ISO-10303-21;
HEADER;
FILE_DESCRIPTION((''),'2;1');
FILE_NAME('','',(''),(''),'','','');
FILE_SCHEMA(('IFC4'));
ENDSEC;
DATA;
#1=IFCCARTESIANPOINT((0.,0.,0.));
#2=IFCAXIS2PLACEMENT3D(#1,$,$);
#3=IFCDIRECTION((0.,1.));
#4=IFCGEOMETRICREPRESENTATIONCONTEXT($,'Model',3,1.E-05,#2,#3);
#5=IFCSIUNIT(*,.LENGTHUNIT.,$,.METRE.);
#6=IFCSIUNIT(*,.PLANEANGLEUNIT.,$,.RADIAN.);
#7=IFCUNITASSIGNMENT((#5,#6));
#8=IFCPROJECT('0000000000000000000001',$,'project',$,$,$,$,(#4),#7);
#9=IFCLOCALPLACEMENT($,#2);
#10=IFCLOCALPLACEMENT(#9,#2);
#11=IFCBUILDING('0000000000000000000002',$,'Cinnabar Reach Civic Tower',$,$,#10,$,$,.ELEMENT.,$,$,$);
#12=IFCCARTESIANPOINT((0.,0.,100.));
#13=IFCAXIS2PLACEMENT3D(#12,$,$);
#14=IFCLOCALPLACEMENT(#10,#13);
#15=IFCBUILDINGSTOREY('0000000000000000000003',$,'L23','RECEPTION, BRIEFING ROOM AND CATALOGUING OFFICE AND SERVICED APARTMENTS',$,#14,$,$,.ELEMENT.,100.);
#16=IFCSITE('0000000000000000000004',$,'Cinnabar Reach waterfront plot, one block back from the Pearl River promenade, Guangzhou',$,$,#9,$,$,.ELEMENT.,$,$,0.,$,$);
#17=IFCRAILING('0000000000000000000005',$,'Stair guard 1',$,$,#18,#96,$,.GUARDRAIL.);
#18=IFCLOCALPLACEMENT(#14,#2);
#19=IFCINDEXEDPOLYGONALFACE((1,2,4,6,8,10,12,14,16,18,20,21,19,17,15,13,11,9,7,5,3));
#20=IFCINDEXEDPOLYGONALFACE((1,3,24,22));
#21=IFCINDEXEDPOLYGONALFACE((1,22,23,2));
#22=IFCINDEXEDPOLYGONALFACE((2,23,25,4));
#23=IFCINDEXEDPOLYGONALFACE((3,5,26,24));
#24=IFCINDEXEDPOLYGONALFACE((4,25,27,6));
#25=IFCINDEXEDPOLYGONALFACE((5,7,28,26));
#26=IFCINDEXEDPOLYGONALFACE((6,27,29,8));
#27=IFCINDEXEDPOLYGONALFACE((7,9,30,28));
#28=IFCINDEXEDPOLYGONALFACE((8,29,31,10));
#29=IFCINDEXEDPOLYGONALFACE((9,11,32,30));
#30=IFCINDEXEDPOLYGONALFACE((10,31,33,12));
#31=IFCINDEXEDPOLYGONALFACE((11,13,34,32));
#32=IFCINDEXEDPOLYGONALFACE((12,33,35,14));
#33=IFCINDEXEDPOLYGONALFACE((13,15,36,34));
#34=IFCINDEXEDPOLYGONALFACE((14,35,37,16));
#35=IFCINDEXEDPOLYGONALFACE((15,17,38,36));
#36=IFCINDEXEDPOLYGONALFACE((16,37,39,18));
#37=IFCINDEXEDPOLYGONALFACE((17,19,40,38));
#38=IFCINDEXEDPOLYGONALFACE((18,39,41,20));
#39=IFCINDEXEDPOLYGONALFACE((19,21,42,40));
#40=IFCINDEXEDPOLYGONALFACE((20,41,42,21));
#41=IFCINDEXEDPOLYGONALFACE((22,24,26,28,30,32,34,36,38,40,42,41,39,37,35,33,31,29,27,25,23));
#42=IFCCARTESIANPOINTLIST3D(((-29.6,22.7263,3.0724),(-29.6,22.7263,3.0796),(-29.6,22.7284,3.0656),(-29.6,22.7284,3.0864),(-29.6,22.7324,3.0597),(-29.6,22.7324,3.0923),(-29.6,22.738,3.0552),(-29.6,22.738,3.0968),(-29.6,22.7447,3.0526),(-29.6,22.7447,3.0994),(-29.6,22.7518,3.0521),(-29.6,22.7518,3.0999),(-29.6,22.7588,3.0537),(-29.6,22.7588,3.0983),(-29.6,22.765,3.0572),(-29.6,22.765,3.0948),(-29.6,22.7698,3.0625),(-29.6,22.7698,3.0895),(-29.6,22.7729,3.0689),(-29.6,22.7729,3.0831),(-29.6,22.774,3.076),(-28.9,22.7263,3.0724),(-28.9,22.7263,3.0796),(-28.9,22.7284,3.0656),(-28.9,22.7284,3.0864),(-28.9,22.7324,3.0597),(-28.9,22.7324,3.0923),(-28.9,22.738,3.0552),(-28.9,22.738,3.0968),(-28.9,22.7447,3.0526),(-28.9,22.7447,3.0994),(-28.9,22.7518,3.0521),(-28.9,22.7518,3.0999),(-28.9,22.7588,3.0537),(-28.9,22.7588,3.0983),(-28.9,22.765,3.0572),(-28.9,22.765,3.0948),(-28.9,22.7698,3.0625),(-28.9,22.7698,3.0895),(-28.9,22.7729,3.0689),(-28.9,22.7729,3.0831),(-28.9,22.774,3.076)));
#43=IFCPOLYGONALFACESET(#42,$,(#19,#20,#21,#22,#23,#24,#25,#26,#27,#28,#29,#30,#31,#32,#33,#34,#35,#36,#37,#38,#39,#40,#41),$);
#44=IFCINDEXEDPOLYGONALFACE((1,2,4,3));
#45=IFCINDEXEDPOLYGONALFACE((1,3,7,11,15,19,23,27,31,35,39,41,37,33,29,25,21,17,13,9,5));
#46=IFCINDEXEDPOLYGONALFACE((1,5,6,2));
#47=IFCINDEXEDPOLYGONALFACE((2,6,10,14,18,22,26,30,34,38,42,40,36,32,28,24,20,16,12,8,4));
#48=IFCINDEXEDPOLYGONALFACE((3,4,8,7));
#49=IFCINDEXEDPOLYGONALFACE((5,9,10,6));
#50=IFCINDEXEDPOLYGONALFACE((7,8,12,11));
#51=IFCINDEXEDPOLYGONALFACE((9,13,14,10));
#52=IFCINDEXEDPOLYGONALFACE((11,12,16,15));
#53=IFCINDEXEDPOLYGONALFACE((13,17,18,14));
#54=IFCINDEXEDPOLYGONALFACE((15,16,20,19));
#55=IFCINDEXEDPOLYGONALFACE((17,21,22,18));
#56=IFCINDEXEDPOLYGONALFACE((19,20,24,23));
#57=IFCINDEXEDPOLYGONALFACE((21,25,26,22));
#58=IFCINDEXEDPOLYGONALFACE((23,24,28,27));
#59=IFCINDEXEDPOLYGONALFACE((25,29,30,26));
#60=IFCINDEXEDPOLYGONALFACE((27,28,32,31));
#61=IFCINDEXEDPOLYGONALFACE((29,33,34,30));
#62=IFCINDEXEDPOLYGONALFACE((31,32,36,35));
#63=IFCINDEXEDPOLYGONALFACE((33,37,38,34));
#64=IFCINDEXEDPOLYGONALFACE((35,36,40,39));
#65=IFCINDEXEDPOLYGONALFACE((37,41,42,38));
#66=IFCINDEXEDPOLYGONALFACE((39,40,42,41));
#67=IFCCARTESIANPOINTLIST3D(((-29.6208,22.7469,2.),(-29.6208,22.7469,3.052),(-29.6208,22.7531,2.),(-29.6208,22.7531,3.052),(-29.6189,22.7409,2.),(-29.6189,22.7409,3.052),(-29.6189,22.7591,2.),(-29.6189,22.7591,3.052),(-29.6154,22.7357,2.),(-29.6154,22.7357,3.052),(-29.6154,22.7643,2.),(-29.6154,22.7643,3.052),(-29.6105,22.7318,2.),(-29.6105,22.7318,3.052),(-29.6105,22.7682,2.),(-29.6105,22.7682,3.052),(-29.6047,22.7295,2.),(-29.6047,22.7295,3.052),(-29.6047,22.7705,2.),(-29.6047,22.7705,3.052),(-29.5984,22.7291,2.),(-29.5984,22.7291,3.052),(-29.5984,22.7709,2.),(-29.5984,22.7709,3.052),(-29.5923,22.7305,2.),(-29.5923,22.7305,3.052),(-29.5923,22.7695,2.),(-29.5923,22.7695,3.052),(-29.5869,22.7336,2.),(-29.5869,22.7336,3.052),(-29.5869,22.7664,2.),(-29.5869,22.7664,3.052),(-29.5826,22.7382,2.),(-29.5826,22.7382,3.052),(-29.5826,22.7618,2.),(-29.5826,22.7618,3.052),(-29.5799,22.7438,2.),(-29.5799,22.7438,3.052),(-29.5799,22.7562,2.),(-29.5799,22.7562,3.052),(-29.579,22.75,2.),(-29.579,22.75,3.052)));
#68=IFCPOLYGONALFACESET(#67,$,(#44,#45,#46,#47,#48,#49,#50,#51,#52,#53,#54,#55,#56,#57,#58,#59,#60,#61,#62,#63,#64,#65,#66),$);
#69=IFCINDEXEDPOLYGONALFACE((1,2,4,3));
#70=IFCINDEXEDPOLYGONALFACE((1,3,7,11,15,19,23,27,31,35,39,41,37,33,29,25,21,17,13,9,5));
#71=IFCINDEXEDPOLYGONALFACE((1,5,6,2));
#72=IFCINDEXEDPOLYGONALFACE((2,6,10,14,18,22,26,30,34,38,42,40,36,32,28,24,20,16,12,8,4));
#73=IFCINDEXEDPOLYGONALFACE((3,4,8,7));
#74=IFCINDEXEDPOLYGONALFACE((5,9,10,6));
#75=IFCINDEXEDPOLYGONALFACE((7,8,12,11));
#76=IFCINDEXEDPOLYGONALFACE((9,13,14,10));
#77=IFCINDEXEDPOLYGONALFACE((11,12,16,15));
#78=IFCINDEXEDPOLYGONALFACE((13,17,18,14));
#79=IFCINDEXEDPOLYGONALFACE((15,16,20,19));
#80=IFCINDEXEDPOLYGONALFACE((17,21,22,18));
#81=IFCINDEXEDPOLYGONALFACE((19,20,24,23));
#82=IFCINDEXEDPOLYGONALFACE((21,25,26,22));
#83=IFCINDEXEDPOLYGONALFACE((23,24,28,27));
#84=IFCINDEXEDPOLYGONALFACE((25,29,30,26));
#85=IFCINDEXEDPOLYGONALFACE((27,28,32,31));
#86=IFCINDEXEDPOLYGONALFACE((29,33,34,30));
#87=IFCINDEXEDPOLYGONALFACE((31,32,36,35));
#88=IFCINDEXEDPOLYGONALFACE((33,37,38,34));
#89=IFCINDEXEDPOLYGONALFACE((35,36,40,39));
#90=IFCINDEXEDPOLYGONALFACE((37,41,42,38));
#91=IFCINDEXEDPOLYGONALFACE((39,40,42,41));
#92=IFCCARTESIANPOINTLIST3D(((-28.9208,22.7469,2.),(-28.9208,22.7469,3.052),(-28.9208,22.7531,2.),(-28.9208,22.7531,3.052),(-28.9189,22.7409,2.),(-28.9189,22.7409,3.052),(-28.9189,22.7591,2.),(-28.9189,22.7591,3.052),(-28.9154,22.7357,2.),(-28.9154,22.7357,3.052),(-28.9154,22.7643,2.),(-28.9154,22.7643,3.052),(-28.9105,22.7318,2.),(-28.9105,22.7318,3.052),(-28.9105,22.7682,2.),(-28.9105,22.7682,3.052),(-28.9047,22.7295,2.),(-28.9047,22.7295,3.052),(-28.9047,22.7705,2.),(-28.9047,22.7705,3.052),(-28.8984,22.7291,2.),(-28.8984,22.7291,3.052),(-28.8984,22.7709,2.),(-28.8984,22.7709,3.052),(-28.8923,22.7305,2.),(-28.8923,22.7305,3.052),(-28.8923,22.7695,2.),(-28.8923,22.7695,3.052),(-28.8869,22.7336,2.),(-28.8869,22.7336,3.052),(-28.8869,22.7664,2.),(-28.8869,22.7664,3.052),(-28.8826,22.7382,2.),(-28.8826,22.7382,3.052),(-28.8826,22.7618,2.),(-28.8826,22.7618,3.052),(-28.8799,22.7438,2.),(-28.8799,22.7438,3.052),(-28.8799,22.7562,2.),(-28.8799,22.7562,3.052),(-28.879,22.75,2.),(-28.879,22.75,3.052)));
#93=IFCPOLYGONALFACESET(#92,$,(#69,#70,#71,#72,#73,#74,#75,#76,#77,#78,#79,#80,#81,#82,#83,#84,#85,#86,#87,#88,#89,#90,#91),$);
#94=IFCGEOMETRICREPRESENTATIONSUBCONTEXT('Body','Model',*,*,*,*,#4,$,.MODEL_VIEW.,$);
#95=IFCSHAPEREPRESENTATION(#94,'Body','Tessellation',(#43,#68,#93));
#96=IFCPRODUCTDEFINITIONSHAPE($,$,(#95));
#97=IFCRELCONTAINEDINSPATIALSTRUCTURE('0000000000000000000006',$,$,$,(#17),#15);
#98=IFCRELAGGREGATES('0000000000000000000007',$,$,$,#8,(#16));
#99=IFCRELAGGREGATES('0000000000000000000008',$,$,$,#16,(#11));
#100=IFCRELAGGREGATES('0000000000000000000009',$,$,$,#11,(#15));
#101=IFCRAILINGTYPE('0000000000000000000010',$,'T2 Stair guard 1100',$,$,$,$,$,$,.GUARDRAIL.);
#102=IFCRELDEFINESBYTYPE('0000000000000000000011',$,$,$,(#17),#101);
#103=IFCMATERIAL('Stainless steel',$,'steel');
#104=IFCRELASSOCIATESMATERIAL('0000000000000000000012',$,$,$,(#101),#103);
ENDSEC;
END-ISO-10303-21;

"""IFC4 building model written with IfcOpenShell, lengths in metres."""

from ifc_helpers import new_model, si_unit, direction, frame, origin, origin_2d, place, context, subcontext, project, spatial, circle, extrude, material, type_object, element, save


model = new_model("IFC4")

# Units and contexts
model_context = context("Model", 3, precision=1e-05, world=origin(), true_north=direction((0.0, 1.0)))
body_context = subcontext(model_context, "Body", "Model", "MODEL_VIEW")
ifc_project = project(units=[si_unit("LENGTHUNIT", "METRE"), si_unit("PLANEANGLEUNIT", "RADIAN")], contexts=[model_context])

# Site, building, storey
site_placement = place(None, origin())
site = spatial("IfcSite", under=ifc_project, at=site_placement, Name="Cinnabar Reach waterfront plot, one block back from the Pearl River promenade, Guangzhou", CompositionType="ELEMENT", RefElevation=0.0)
building_placement = place(site_placement, origin())
building = spatial("IfcBuilding", under=site, at=building_placement, Name="Cinnabar Reach Civic Tower", CompositionType="ELEMENT")
storey_placement = place(building_placement, frame((0.0, 0.0, 100.0)))
storey = spatial("IfcBuildingStorey", under=building, at=storey_placement, Name="L23", Description="RECEPTION, BRIEFING ROOM AND CATALOGUING OFFICE AND SERVICED APARTMENTS", CompositionType="ELEMENT", Elevation=100.0)

# Railing
ifc_material_1 = material(Name="Stainless steel", Category="steel")
railing_type_1 = type_object("IfcRailingType", Name="T2 Stair guard 1100", PredefinedType="GUARDRAIL", material=ifc_material_1)
railing_1_placement = place(storey_placement, frame((-29.6, 22.75, 2.0)))
element("IfcRailing", 1, at=railing_1_placement, inside=storey, type_object=railing_type_1, Name="Stair guard 1", PredefinedType="GUARDRAIL", context=body_context, shape_type="SweptSolid", body=[
    extrude(circle(Radius=0.024, at=origin_2d()), frame((0.0, 0.0, 1.076), z_axis=(1.0, 0.0, 0.0), x_axis=(0.0, 1.0, 0.0)), (0.0, 0.0, 1.0), 0.7),
    extrude(circle(Radius=0.021, at=origin_2d()), origin(), (0.0, 0.0, 1.0), 1.052),
    extrude(circle(Radius=0.021, at=origin_2d()), frame((0.7, 0.0, 0.0)), (0.0, 0.0, 1.0), 1.052),
])

save(model, "model.ifc")
